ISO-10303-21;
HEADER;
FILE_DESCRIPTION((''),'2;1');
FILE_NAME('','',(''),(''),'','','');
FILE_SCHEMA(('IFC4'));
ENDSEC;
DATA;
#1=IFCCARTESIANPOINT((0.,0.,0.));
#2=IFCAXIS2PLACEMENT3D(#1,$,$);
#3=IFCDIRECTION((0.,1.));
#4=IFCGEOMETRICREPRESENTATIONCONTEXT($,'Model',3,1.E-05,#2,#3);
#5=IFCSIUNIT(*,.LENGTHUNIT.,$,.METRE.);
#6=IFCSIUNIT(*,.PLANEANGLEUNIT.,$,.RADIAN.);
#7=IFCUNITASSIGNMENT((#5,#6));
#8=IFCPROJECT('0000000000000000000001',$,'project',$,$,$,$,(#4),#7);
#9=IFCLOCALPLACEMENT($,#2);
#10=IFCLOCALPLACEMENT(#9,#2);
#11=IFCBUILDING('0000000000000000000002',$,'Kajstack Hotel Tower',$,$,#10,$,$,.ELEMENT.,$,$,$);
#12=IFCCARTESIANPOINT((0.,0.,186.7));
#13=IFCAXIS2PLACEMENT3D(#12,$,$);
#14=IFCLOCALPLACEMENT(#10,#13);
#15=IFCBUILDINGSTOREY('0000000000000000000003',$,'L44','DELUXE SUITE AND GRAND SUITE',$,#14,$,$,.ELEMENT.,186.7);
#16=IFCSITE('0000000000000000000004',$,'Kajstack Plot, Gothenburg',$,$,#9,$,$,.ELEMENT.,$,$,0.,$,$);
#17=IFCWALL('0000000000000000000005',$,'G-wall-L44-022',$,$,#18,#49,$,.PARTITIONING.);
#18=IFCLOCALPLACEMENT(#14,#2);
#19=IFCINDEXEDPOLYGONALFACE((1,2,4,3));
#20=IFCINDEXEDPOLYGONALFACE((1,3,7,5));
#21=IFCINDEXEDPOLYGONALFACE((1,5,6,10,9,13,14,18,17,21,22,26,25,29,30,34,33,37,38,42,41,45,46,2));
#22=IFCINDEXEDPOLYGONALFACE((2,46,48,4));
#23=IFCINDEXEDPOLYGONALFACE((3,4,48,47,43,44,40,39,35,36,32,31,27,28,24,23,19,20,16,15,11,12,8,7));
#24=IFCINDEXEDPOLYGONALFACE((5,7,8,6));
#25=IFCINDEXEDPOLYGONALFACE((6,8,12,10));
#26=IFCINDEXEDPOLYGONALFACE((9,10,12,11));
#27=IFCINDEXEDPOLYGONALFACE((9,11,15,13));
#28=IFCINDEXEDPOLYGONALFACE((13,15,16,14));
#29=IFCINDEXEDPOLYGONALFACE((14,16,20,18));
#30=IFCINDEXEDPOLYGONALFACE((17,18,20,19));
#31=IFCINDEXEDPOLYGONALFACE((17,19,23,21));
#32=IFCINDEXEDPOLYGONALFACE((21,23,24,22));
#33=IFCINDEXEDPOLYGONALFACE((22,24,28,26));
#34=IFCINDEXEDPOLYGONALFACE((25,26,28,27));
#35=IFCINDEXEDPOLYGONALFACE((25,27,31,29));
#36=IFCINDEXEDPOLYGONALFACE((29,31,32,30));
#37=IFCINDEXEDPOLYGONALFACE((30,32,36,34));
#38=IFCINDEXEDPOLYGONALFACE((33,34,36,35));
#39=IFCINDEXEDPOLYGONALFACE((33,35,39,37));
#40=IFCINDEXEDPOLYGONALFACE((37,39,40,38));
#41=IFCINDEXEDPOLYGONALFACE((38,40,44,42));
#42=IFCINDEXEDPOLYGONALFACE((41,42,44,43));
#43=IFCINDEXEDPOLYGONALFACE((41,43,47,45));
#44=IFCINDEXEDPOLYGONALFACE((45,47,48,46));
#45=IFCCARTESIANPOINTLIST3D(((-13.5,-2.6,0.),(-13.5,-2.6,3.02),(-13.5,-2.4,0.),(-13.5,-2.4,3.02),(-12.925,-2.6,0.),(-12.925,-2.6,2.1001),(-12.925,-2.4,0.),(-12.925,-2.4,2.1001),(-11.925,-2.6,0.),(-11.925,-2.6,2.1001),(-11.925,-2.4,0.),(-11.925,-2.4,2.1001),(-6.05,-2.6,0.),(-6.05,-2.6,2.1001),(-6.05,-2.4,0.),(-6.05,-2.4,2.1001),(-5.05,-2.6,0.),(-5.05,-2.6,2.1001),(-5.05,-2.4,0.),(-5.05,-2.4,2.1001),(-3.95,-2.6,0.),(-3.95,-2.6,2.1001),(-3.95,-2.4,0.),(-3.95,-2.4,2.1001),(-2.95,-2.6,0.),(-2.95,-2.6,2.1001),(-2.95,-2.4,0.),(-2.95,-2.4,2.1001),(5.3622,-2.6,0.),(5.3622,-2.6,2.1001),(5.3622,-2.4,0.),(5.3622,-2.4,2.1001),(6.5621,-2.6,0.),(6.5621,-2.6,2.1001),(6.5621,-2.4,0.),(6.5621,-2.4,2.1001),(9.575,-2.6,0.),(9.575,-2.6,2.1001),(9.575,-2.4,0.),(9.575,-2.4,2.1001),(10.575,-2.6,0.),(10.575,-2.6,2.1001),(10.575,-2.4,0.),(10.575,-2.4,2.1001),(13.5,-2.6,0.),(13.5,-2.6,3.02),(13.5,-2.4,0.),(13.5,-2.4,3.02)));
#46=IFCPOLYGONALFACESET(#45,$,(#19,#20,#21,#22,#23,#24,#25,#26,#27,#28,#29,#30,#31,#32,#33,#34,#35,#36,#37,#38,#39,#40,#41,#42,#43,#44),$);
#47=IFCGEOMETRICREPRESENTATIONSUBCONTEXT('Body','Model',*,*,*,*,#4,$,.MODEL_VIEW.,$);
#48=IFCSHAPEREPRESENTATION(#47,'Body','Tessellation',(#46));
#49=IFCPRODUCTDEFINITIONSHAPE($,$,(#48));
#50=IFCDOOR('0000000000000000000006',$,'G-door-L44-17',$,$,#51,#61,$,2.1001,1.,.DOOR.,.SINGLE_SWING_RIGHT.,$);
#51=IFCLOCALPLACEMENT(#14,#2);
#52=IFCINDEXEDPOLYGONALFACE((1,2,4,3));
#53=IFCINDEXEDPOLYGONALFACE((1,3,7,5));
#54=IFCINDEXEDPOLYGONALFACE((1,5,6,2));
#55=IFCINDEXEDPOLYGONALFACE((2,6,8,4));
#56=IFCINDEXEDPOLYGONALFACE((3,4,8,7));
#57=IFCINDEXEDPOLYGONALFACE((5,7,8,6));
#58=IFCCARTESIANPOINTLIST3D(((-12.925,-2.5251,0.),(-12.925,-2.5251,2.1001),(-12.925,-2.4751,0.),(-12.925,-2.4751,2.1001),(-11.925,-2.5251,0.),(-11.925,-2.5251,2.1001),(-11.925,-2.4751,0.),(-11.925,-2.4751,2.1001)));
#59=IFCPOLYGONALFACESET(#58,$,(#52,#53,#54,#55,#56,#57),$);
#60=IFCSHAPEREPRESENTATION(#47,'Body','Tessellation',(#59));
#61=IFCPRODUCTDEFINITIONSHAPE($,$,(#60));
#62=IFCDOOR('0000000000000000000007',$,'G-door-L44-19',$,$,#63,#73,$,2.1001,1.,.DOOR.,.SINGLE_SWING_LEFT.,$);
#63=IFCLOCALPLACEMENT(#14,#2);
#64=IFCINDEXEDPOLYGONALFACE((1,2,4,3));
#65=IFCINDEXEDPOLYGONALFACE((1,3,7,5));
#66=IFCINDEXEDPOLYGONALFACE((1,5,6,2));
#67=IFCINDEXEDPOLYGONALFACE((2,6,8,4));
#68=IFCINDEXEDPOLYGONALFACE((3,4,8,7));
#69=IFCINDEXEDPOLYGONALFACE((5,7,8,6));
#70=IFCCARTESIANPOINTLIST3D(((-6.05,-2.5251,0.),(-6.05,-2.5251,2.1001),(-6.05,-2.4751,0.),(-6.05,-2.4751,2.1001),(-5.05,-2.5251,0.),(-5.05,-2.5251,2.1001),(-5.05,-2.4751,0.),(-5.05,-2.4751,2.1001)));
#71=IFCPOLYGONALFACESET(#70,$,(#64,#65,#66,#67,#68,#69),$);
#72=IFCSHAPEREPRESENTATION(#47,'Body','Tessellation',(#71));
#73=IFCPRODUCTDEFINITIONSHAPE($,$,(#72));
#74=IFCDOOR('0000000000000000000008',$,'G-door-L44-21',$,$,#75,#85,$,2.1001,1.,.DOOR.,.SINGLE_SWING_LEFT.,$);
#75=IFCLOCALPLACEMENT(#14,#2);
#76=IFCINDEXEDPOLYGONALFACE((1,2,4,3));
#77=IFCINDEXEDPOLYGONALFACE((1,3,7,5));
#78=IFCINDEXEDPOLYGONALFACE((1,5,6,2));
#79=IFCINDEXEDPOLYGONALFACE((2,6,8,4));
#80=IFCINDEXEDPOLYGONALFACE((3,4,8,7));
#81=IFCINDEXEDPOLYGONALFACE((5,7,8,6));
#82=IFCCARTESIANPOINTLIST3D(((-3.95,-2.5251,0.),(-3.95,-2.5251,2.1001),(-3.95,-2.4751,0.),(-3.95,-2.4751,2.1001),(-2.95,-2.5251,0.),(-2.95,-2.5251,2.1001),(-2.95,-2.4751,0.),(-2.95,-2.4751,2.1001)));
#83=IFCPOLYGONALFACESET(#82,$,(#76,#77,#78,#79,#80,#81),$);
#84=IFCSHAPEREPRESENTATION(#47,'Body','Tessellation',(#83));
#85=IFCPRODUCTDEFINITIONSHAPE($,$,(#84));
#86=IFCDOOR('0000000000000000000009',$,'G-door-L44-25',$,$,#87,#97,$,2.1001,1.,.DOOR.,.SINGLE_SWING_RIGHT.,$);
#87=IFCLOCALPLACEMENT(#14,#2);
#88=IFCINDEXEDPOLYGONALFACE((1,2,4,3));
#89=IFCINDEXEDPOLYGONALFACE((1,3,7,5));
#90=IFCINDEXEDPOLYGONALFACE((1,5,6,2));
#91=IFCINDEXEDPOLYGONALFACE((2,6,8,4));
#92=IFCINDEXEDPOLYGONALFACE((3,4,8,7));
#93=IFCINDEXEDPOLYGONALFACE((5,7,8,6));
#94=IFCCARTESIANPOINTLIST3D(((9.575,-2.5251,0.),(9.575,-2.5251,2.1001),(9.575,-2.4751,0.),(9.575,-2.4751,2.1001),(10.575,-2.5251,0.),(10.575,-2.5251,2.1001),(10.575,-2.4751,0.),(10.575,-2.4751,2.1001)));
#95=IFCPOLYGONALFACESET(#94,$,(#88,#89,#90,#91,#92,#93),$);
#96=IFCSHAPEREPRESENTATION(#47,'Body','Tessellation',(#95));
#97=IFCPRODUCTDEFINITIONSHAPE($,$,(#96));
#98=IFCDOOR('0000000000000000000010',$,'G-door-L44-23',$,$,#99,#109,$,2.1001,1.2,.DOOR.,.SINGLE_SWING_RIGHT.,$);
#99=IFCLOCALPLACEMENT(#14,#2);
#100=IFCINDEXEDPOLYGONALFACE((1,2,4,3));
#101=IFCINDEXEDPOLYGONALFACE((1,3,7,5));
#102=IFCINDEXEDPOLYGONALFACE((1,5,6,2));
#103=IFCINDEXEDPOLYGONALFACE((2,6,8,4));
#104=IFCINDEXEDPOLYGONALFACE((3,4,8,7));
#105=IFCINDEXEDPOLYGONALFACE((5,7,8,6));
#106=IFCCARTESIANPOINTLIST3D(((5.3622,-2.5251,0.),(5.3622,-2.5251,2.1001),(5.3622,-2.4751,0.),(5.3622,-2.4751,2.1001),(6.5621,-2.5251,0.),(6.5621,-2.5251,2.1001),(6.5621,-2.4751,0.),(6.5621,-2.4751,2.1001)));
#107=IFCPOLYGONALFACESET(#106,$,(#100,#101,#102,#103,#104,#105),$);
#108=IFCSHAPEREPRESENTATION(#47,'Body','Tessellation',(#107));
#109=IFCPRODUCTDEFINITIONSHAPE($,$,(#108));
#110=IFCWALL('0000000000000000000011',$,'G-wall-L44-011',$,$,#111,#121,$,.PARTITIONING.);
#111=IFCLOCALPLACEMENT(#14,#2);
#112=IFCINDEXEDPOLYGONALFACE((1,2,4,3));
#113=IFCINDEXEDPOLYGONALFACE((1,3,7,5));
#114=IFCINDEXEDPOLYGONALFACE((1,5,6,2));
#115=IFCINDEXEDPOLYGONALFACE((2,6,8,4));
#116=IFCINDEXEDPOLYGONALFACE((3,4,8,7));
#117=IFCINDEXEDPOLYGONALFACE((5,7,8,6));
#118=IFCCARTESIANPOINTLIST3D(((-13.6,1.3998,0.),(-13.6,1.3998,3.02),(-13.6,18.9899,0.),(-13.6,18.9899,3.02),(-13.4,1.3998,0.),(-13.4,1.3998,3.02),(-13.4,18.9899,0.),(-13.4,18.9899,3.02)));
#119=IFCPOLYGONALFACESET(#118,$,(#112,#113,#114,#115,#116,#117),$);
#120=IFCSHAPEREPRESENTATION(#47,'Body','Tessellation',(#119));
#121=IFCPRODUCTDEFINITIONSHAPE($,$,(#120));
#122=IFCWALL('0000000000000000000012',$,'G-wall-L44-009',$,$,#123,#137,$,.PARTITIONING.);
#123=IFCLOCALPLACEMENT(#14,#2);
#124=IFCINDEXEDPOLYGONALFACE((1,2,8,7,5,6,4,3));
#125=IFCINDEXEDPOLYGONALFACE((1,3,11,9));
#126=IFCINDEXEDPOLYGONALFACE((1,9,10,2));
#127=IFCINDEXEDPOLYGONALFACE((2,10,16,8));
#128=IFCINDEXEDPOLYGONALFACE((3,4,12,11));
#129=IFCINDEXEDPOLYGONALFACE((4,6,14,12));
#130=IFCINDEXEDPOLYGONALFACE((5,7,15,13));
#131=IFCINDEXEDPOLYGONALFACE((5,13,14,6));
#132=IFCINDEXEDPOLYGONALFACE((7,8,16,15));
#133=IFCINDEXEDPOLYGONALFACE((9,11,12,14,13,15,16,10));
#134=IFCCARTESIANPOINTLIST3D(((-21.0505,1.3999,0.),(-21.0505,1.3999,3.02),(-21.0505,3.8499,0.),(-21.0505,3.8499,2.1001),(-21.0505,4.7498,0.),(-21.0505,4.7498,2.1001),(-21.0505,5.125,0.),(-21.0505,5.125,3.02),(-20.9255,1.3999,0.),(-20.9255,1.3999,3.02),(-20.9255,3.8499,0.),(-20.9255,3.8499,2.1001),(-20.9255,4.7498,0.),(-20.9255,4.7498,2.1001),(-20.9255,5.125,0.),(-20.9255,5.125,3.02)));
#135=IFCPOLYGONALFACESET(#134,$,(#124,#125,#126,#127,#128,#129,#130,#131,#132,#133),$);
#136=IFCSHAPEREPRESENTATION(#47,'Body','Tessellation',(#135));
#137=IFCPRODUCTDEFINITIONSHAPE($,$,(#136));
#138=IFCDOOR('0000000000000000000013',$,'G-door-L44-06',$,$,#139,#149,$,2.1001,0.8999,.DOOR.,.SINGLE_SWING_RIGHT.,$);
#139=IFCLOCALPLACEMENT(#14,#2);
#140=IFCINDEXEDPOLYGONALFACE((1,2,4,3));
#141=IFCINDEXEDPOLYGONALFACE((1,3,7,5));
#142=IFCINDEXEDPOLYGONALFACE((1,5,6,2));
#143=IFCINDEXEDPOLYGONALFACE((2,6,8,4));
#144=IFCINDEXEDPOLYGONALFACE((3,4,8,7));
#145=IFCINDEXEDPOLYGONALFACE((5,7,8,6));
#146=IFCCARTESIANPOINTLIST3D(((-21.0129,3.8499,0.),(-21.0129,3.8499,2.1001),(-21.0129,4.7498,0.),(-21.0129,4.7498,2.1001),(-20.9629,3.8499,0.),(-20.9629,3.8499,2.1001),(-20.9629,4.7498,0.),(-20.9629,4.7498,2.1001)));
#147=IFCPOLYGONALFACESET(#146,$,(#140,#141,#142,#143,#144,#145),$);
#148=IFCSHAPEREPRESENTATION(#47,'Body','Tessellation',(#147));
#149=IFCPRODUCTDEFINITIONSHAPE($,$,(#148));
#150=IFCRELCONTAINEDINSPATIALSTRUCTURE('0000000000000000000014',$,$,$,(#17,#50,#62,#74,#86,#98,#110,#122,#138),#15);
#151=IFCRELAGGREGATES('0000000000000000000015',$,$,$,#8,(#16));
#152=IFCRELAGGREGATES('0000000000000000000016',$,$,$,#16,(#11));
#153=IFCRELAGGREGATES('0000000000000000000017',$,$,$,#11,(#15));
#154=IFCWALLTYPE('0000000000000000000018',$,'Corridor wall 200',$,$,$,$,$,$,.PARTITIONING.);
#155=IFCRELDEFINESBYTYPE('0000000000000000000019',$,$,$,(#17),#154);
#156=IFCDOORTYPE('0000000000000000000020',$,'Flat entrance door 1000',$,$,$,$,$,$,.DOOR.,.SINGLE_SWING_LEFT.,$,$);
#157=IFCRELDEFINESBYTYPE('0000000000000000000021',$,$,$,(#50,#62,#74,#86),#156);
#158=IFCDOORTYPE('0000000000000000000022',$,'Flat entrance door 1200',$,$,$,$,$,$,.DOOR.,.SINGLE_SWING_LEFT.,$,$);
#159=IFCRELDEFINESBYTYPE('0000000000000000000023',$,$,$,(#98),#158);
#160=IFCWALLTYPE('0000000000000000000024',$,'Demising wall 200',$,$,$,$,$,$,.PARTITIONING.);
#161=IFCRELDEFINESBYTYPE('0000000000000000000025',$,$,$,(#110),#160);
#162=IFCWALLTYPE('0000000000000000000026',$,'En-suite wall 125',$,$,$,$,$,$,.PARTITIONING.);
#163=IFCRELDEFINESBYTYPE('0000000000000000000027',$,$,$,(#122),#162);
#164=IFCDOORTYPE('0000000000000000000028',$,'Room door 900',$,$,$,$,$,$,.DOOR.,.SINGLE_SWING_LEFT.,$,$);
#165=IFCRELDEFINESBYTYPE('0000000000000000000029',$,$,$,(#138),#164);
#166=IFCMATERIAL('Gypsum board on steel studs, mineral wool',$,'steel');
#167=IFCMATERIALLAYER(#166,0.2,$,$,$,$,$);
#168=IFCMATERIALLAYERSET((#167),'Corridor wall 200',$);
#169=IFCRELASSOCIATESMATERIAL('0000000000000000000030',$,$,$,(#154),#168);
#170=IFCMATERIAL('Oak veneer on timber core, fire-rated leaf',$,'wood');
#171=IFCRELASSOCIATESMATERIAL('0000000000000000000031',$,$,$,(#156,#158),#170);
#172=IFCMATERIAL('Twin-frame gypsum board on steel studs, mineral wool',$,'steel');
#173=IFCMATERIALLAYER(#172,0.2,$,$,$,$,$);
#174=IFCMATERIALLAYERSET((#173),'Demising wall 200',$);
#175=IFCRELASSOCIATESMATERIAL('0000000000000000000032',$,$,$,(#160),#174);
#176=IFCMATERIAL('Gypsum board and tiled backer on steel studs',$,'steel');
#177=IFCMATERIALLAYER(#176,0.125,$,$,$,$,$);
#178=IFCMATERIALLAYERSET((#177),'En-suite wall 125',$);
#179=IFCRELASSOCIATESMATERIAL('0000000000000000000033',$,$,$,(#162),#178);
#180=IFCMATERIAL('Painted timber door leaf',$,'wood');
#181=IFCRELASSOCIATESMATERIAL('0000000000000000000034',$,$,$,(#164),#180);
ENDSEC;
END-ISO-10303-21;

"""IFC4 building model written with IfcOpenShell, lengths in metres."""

from ifc_helpers import new_model, si_unit, direction, frame, frame_2d, origin, place, context, subcontext, project, spatial, rectangle, extrude, material, layer, layer_set, type_object, element, fill, save


model = new_model("IFC4")

# Units and contexts
model_context = context("Model", 3, precision=1e-05, world=origin(), true_north=direction((0.0, 1.0)))
body_context = subcontext(model_context, "Body", "Model", "MODEL_VIEW")
ifc_project = project(units=[si_unit("LENGTHUNIT", "METRE"), si_unit("PLANEANGLEUNIT", "RADIAN")], contexts=[model_context])

# Site, building, storey
site_placement = place(None, origin())
site = spatial("IfcSite", under=ifc_project, at=site_placement, Name="Kajstack Plot, Gothenburg", CompositionType="ELEMENT", RefElevation=0.0)
building_placement = place(site_placement, origin())
building = spatial("IfcBuilding", under=site, at=building_placement, Name="Kajstack Hotel Tower", CompositionType="ELEMENT")
storey_placement = place(building_placement, frame((0.0, 0.0, 186.7)))
storey = spatial("IfcBuildingStorey", under=building, at=storey_placement, Name="L44", Description="DELUXE SUITE AND GRAND SUITE", CompositionType="ELEMENT", Elevation=186.7)

# Wall, openings, doors
ifc_material_1 = material(Name="Gypsum board on steel studs, mineral wool", Category="steel")
ifc_layer_1 = layer(ifc_material_1, 0.2)
ifc_layer_set_1 = layer_set([ifc_layer_1], Name="Corridor wall 200")
wall_type_1 = type_object("IfcWallType", Name="Corridor wall 200", PredefinedType="PARTITIONING", material=ifc_layer_set_1)
wall_1_placement = place(storey_placement, frame((-13.5, -2.5, 0.0), z_axis=(0.0, 0.0, 1.0), x_axis=(1.0, 0.0, 0.0)))
wall_1 = element("IfcWall", 1, at=wall_1_placement, inside=storey, type_object=wall_type_1, Name="G-wall-L44-022", PredefinedType="PARTITIONING", context=body_context, shape_type="SweptSolid", body=[
    extrude(rectangle(XDim=27.0, YDim=0.2, at=frame_2d((13.5, 0.0))), origin(), (0.0, 0.0, 1.0), 3.02),
])
opening_1_placement = place(wall_1_placement, frame((0.575, 0.0, 0.0)))
opening_1 = element("IfcOpeningElement", 2, at=opening_1_placement, cuts=wall_1, PredefinedType="OPENING", context=body_context, shape_type="SweptSolid", body=[
    extrude(rectangle(XDim=1.0, YDim=2.1001, at=frame_2d((0.5, 1.05))), frame((0.0, 0.1099, 0.0), z_axis=(0.0, -1.0, 0.0), x_axis=(1.0, 0.0, 0.0)), (0.0, 0.0, 1.0), 0.22),
])
opening_2_placement = place(wall_1_placement, frame((7.45, 0.0, 0.0)))
opening_2 = element("IfcOpeningElement", 3, at=opening_2_placement, cuts=wall_1, PredefinedType="OPENING", context=body_context, shape_type="SweptSolid", body=[
    extrude(rectangle(XDim=1.0, YDim=2.1001, at=frame_2d((0.5, 1.05))), frame((0.0, 0.1099, 0.0), z_axis=(0.0, -1.0, 0.0), x_axis=(1.0, 0.0, 0.0)), (0.0, 0.0, 1.0), 0.22),
])
opening_3_placement = place(wall_1_placement, frame((9.55, 0.0, 0.0)))
opening_3 = element("IfcOpeningElement", 4, at=opening_3_placement, cuts=wall_1, PredefinedType="OPENING", context=body_context, shape_type="SweptSolid", body=[
    extrude(rectangle(XDim=1.0, YDim=2.1001, at=frame_2d((0.5, 1.05))), frame((0.0, 0.1099, 0.0), z_axis=(0.0, -1.0, 0.0), x_axis=(1.0, 0.0, 0.0)), (0.0, 0.0, 1.0), 0.22),
])
opening_4_placement = place(wall_1_placement, frame((18.8621, 0.0, 0.0)))
opening_4 = element("IfcOpeningElement", 5, at=opening_4_placement, cuts=wall_1, PredefinedType="OPENING", context=body_context, shape_type="SweptSolid", body=[
    extrude(rectangle(XDim=1.2, YDim=2.1001, at=frame_2d((0.6001, 1.05))), frame((0.0, 0.1099, 0.0), z_axis=(0.0, -1.0, 0.0), x_axis=(1.0, 0.0, 0.0)), (0.0, 0.0, 1.0), 0.22),
])
opening_5_placement = place(wall_1_placement, frame((23.075, 0.0, 0.0)))
opening_5 = element("IfcOpeningElement", 6, at=opening_5_placement, cuts=wall_1, PredefinedType="OPENING", context=body_context, shape_type="SweptSolid", body=[
    extrude(rectangle(XDim=1.0, YDim=2.1001, at=frame_2d((0.5, 1.05))), frame((0.0, 0.1099, 0.0), z_axis=(0.0, -1.0, 0.0), x_axis=(1.0, 0.0, 0.0)), (0.0, 0.0, 1.0), 0.22),
])
ifc_material_2 = material(Name="Oak veneer on timber core, fire-rated leaf", Category="wood")
door_type_1 = type_object("IfcDoorType", Name="Flat entrance door 1000", OperationType="SINGLE_SWING_LEFT", PredefinedType="DOOR", material=ifc_material_2)
door_1_placement = place(opening_1_placement, origin())
door_1 = element("IfcDoor", 7, at=door_1_placement, inside=storey, type_object=door_type_1, Name="G-door-L44-17", OperationType="SINGLE_SWING_RIGHT", OverallHeight=2.1001, OverallWidth=1.0, PredefinedType="DOOR", context=body_context, shape_type="SweptSolid", body=[
    extrude(rectangle(XDim=1.0, YDim=2.1001, at=frame_2d((0.5, 1.05))), frame((0.0, 0.0249, 0.0), z_axis=(0.0, -1.0, 0.0), x_axis=(1.0, 0.0, 0.0)), (0.0, 0.0, 1.0), 0.05),
])
fill(opening_1, door_1)
door_2_placement = place(opening_2_placement, origin())
door_2 = element("IfcDoor", 8, at=door_2_placement, inside=storey, type_object=door_type_1, Name="G-door-L44-19", OperationType="SINGLE_SWING_LEFT", OverallHeight=2.1001, OverallWidth=1.0, PredefinedType="DOOR", context=body_context, shape_type="SweptSolid", body=[
    extrude(rectangle(XDim=1.0, YDim=2.1001, at=frame_2d((0.5, 1.05))), frame((0.0, 0.0249, 0.0), z_axis=(0.0, -1.0, 0.0), x_axis=(1.0, 0.0, 0.0)), (0.0, 0.0, 1.0), 0.05),
])
fill(opening_2, door_2)
door_3_placement = place(opening_3_placement, origin())
door_3 = element("IfcDoor", 9, at=door_3_placement, inside=storey, type_object=door_type_1, Name="G-door-L44-21", OperationType="SINGLE_SWING_LEFT", OverallHeight=2.1001, OverallWidth=1.0, PredefinedType="DOOR", context=body_context, shape_type="SweptSolid", body=[
    extrude(rectangle(XDim=1.0, YDim=2.1001, at=frame_2d((0.5, 1.05))), frame((0.0, 0.0249, 0.0), z_axis=(0.0, -1.0, 0.0), x_axis=(1.0, 0.0, 0.0)), (0.0, 0.0, 1.0), 0.05),
])
fill(opening_3, door_3)
door_4_placement = place(opening_5_placement, origin())
door_4 = element("IfcDoor", 10, at=door_4_placement, inside=storey, type_object=door_type_1, Name="G-door-L44-25", OperationType="SINGLE_SWING_RIGHT", OverallHeight=2.1001, OverallWidth=1.0, PredefinedType="DOOR", context=body_context, shape_type="SweptSolid", body=[
    extrude(rectangle(XDim=1.0, YDim=2.1001, at=frame_2d((0.5, 1.05))), frame((0.0, 0.0249, 0.0), z_axis=(0.0, -1.0, 0.0), x_axis=(1.0, 0.0, 0.0)), (0.0, 0.0, 1.0), 0.05),
])
fill(opening_5, door_4)
door_type_2 = type_object("IfcDoorType", Name="Flat entrance door 1200", OperationType="SINGLE_SWING_LEFT", PredefinedType="DOOR", material=ifc_material_2)
door_5_placement = place(opening_4_placement, origin())
door_5 = element("IfcDoor", 11, at=door_5_placement, inside=storey, type_object=door_type_2, Name="G-door-L44-23", OperationType="SINGLE_SWING_RIGHT", OverallHeight=2.1001, OverallWidth=1.2, PredefinedType="DOOR", context=body_context, shape_type="SweptSolid", body=[
    extrude(rectangle(XDim=1.2, YDim=2.1001, at=frame_2d((0.6001, 1.05))), frame((0.0, 0.0249, 0.0), z_axis=(0.0, -1.0, 0.0), x_axis=(1.0, 0.0, 0.0)), (0.0, 0.0, 1.0), 0.05),
])
fill(opening_4, door_5)

# Wall
ifc_material_3 = material(Name="Twin-frame gypsum board on steel studs, mineral wool", Category="steel")
ifc_layer_2 = layer(ifc_material_3, 0.2)
ifc_layer_set_2 = layer_set([ifc_layer_2], Name="Demising wall 200")
wall_type_2 = type_object("IfcWallType", Name="Demising wall 200", PredefinedType="PARTITIONING", material=ifc_layer_set_2)
wall_2_placement = place(storey_placement, frame((-13.5, 1.3999, 0.0), z_axis=(0.0, 0.0, 1.0), x_axis=(0.0, 1.0, 0.0)))
element("IfcWall", 12, at=wall_2_placement, inside=storey, type_object=wall_type_2, Name="G-wall-L44-011", PredefinedType="PARTITIONING", context=body_context, shape_type="SweptSolid", body=[
    extrude(rectangle(XDim=17.5901, YDim=0.2, at=frame_2d((8.7949, 0.0))), origin(), (0.0, 0.0, 1.0), 3.02),
])

# Wall, opening, door
ifc_material_4 = material(Name="Gypsum board and tiled backer on steel studs", Category="steel")
ifc_layer_3 = layer(ifc_material_4, 0.125)
ifc_layer_set_3 = layer_set([ifc_layer_3], Name="En-suite wall 125")
wall_type_3 = type_object("IfcWallType", Name="En-suite wall 125", PredefinedType="PARTITIONING", material=ifc_layer_set_3)
wall_3_placement = place(storey_placement, frame((-20.988, 1.3999, 0.0), z_axis=(0.0, 0.0, 1.0), x_axis=(0.0, 1.0, 0.0)))
wall_3 = element("IfcWall", 13, at=wall_3_placement, inside=storey, type_object=wall_type_3, Name="G-wall-L44-009", PredefinedType="PARTITIONING", context=body_context, shape_type="SweptSolid", body=[
    extrude(rectangle(XDim=3.7251, YDim=0.125, at=frame_2d((1.8625, 0.0))), origin(), (0.0, 0.0, 1.0), 3.02),
])
opening_6_placement = place(wall_3_placement, frame((2.45, 0.0, 0.0)))
opening_6 = element("IfcOpeningElement", 14, at=opening_6_placement, cuts=wall_3, PredefinedType="OPENING", context=body_context, shape_type="SweptSolid", body=[
    extrude(rectangle(XDim=0.8999, YDim=2.1001, at=frame_2d((0.45, 1.05))), frame((0.0, 0.0725, 0.0), z_axis=(0.0, -1.0, 0.0), x_axis=(1.0, 0.0, 0.0)), (0.0, 0.0, 1.0), 0.145),
])
ifc_material_5 = material(Name="Painted timber door leaf", Category="wood")
door_type_3 = type_object("IfcDoorType", Name="Room door 900", OperationType="SINGLE_SWING_LEFT", PredefinedType="DOOR", material=ifc_material_5)
door_6_placement = place(opening_6_placement, origin())
door_6 = element("IfcDoor", 15, at=door_6_placement, inside=storey, type_object=door_type_3, Name="G-door-L44-06", OperationType="SINGLE_SWING_RIGHT", OverallHeight=2.1001, OverallWidth=0.8999, PredefinedType="DOOR", context=body_context, shape_type="SweptSolid", body=[
    extrude(rectangle(XDim=0.8999, YDim=2.1001, at=frame_2d((0.45, 1.05))), frame((0.0, 0.0249, 0.0), z_axis=(0.0, -1.0, 0.0), x_axis=(1.0, 0.0, 0.0)), (0.0, 0.0, 1.0), 0.05),
])
fill(opening_6, door_6)

save(model, "model.ifc")
